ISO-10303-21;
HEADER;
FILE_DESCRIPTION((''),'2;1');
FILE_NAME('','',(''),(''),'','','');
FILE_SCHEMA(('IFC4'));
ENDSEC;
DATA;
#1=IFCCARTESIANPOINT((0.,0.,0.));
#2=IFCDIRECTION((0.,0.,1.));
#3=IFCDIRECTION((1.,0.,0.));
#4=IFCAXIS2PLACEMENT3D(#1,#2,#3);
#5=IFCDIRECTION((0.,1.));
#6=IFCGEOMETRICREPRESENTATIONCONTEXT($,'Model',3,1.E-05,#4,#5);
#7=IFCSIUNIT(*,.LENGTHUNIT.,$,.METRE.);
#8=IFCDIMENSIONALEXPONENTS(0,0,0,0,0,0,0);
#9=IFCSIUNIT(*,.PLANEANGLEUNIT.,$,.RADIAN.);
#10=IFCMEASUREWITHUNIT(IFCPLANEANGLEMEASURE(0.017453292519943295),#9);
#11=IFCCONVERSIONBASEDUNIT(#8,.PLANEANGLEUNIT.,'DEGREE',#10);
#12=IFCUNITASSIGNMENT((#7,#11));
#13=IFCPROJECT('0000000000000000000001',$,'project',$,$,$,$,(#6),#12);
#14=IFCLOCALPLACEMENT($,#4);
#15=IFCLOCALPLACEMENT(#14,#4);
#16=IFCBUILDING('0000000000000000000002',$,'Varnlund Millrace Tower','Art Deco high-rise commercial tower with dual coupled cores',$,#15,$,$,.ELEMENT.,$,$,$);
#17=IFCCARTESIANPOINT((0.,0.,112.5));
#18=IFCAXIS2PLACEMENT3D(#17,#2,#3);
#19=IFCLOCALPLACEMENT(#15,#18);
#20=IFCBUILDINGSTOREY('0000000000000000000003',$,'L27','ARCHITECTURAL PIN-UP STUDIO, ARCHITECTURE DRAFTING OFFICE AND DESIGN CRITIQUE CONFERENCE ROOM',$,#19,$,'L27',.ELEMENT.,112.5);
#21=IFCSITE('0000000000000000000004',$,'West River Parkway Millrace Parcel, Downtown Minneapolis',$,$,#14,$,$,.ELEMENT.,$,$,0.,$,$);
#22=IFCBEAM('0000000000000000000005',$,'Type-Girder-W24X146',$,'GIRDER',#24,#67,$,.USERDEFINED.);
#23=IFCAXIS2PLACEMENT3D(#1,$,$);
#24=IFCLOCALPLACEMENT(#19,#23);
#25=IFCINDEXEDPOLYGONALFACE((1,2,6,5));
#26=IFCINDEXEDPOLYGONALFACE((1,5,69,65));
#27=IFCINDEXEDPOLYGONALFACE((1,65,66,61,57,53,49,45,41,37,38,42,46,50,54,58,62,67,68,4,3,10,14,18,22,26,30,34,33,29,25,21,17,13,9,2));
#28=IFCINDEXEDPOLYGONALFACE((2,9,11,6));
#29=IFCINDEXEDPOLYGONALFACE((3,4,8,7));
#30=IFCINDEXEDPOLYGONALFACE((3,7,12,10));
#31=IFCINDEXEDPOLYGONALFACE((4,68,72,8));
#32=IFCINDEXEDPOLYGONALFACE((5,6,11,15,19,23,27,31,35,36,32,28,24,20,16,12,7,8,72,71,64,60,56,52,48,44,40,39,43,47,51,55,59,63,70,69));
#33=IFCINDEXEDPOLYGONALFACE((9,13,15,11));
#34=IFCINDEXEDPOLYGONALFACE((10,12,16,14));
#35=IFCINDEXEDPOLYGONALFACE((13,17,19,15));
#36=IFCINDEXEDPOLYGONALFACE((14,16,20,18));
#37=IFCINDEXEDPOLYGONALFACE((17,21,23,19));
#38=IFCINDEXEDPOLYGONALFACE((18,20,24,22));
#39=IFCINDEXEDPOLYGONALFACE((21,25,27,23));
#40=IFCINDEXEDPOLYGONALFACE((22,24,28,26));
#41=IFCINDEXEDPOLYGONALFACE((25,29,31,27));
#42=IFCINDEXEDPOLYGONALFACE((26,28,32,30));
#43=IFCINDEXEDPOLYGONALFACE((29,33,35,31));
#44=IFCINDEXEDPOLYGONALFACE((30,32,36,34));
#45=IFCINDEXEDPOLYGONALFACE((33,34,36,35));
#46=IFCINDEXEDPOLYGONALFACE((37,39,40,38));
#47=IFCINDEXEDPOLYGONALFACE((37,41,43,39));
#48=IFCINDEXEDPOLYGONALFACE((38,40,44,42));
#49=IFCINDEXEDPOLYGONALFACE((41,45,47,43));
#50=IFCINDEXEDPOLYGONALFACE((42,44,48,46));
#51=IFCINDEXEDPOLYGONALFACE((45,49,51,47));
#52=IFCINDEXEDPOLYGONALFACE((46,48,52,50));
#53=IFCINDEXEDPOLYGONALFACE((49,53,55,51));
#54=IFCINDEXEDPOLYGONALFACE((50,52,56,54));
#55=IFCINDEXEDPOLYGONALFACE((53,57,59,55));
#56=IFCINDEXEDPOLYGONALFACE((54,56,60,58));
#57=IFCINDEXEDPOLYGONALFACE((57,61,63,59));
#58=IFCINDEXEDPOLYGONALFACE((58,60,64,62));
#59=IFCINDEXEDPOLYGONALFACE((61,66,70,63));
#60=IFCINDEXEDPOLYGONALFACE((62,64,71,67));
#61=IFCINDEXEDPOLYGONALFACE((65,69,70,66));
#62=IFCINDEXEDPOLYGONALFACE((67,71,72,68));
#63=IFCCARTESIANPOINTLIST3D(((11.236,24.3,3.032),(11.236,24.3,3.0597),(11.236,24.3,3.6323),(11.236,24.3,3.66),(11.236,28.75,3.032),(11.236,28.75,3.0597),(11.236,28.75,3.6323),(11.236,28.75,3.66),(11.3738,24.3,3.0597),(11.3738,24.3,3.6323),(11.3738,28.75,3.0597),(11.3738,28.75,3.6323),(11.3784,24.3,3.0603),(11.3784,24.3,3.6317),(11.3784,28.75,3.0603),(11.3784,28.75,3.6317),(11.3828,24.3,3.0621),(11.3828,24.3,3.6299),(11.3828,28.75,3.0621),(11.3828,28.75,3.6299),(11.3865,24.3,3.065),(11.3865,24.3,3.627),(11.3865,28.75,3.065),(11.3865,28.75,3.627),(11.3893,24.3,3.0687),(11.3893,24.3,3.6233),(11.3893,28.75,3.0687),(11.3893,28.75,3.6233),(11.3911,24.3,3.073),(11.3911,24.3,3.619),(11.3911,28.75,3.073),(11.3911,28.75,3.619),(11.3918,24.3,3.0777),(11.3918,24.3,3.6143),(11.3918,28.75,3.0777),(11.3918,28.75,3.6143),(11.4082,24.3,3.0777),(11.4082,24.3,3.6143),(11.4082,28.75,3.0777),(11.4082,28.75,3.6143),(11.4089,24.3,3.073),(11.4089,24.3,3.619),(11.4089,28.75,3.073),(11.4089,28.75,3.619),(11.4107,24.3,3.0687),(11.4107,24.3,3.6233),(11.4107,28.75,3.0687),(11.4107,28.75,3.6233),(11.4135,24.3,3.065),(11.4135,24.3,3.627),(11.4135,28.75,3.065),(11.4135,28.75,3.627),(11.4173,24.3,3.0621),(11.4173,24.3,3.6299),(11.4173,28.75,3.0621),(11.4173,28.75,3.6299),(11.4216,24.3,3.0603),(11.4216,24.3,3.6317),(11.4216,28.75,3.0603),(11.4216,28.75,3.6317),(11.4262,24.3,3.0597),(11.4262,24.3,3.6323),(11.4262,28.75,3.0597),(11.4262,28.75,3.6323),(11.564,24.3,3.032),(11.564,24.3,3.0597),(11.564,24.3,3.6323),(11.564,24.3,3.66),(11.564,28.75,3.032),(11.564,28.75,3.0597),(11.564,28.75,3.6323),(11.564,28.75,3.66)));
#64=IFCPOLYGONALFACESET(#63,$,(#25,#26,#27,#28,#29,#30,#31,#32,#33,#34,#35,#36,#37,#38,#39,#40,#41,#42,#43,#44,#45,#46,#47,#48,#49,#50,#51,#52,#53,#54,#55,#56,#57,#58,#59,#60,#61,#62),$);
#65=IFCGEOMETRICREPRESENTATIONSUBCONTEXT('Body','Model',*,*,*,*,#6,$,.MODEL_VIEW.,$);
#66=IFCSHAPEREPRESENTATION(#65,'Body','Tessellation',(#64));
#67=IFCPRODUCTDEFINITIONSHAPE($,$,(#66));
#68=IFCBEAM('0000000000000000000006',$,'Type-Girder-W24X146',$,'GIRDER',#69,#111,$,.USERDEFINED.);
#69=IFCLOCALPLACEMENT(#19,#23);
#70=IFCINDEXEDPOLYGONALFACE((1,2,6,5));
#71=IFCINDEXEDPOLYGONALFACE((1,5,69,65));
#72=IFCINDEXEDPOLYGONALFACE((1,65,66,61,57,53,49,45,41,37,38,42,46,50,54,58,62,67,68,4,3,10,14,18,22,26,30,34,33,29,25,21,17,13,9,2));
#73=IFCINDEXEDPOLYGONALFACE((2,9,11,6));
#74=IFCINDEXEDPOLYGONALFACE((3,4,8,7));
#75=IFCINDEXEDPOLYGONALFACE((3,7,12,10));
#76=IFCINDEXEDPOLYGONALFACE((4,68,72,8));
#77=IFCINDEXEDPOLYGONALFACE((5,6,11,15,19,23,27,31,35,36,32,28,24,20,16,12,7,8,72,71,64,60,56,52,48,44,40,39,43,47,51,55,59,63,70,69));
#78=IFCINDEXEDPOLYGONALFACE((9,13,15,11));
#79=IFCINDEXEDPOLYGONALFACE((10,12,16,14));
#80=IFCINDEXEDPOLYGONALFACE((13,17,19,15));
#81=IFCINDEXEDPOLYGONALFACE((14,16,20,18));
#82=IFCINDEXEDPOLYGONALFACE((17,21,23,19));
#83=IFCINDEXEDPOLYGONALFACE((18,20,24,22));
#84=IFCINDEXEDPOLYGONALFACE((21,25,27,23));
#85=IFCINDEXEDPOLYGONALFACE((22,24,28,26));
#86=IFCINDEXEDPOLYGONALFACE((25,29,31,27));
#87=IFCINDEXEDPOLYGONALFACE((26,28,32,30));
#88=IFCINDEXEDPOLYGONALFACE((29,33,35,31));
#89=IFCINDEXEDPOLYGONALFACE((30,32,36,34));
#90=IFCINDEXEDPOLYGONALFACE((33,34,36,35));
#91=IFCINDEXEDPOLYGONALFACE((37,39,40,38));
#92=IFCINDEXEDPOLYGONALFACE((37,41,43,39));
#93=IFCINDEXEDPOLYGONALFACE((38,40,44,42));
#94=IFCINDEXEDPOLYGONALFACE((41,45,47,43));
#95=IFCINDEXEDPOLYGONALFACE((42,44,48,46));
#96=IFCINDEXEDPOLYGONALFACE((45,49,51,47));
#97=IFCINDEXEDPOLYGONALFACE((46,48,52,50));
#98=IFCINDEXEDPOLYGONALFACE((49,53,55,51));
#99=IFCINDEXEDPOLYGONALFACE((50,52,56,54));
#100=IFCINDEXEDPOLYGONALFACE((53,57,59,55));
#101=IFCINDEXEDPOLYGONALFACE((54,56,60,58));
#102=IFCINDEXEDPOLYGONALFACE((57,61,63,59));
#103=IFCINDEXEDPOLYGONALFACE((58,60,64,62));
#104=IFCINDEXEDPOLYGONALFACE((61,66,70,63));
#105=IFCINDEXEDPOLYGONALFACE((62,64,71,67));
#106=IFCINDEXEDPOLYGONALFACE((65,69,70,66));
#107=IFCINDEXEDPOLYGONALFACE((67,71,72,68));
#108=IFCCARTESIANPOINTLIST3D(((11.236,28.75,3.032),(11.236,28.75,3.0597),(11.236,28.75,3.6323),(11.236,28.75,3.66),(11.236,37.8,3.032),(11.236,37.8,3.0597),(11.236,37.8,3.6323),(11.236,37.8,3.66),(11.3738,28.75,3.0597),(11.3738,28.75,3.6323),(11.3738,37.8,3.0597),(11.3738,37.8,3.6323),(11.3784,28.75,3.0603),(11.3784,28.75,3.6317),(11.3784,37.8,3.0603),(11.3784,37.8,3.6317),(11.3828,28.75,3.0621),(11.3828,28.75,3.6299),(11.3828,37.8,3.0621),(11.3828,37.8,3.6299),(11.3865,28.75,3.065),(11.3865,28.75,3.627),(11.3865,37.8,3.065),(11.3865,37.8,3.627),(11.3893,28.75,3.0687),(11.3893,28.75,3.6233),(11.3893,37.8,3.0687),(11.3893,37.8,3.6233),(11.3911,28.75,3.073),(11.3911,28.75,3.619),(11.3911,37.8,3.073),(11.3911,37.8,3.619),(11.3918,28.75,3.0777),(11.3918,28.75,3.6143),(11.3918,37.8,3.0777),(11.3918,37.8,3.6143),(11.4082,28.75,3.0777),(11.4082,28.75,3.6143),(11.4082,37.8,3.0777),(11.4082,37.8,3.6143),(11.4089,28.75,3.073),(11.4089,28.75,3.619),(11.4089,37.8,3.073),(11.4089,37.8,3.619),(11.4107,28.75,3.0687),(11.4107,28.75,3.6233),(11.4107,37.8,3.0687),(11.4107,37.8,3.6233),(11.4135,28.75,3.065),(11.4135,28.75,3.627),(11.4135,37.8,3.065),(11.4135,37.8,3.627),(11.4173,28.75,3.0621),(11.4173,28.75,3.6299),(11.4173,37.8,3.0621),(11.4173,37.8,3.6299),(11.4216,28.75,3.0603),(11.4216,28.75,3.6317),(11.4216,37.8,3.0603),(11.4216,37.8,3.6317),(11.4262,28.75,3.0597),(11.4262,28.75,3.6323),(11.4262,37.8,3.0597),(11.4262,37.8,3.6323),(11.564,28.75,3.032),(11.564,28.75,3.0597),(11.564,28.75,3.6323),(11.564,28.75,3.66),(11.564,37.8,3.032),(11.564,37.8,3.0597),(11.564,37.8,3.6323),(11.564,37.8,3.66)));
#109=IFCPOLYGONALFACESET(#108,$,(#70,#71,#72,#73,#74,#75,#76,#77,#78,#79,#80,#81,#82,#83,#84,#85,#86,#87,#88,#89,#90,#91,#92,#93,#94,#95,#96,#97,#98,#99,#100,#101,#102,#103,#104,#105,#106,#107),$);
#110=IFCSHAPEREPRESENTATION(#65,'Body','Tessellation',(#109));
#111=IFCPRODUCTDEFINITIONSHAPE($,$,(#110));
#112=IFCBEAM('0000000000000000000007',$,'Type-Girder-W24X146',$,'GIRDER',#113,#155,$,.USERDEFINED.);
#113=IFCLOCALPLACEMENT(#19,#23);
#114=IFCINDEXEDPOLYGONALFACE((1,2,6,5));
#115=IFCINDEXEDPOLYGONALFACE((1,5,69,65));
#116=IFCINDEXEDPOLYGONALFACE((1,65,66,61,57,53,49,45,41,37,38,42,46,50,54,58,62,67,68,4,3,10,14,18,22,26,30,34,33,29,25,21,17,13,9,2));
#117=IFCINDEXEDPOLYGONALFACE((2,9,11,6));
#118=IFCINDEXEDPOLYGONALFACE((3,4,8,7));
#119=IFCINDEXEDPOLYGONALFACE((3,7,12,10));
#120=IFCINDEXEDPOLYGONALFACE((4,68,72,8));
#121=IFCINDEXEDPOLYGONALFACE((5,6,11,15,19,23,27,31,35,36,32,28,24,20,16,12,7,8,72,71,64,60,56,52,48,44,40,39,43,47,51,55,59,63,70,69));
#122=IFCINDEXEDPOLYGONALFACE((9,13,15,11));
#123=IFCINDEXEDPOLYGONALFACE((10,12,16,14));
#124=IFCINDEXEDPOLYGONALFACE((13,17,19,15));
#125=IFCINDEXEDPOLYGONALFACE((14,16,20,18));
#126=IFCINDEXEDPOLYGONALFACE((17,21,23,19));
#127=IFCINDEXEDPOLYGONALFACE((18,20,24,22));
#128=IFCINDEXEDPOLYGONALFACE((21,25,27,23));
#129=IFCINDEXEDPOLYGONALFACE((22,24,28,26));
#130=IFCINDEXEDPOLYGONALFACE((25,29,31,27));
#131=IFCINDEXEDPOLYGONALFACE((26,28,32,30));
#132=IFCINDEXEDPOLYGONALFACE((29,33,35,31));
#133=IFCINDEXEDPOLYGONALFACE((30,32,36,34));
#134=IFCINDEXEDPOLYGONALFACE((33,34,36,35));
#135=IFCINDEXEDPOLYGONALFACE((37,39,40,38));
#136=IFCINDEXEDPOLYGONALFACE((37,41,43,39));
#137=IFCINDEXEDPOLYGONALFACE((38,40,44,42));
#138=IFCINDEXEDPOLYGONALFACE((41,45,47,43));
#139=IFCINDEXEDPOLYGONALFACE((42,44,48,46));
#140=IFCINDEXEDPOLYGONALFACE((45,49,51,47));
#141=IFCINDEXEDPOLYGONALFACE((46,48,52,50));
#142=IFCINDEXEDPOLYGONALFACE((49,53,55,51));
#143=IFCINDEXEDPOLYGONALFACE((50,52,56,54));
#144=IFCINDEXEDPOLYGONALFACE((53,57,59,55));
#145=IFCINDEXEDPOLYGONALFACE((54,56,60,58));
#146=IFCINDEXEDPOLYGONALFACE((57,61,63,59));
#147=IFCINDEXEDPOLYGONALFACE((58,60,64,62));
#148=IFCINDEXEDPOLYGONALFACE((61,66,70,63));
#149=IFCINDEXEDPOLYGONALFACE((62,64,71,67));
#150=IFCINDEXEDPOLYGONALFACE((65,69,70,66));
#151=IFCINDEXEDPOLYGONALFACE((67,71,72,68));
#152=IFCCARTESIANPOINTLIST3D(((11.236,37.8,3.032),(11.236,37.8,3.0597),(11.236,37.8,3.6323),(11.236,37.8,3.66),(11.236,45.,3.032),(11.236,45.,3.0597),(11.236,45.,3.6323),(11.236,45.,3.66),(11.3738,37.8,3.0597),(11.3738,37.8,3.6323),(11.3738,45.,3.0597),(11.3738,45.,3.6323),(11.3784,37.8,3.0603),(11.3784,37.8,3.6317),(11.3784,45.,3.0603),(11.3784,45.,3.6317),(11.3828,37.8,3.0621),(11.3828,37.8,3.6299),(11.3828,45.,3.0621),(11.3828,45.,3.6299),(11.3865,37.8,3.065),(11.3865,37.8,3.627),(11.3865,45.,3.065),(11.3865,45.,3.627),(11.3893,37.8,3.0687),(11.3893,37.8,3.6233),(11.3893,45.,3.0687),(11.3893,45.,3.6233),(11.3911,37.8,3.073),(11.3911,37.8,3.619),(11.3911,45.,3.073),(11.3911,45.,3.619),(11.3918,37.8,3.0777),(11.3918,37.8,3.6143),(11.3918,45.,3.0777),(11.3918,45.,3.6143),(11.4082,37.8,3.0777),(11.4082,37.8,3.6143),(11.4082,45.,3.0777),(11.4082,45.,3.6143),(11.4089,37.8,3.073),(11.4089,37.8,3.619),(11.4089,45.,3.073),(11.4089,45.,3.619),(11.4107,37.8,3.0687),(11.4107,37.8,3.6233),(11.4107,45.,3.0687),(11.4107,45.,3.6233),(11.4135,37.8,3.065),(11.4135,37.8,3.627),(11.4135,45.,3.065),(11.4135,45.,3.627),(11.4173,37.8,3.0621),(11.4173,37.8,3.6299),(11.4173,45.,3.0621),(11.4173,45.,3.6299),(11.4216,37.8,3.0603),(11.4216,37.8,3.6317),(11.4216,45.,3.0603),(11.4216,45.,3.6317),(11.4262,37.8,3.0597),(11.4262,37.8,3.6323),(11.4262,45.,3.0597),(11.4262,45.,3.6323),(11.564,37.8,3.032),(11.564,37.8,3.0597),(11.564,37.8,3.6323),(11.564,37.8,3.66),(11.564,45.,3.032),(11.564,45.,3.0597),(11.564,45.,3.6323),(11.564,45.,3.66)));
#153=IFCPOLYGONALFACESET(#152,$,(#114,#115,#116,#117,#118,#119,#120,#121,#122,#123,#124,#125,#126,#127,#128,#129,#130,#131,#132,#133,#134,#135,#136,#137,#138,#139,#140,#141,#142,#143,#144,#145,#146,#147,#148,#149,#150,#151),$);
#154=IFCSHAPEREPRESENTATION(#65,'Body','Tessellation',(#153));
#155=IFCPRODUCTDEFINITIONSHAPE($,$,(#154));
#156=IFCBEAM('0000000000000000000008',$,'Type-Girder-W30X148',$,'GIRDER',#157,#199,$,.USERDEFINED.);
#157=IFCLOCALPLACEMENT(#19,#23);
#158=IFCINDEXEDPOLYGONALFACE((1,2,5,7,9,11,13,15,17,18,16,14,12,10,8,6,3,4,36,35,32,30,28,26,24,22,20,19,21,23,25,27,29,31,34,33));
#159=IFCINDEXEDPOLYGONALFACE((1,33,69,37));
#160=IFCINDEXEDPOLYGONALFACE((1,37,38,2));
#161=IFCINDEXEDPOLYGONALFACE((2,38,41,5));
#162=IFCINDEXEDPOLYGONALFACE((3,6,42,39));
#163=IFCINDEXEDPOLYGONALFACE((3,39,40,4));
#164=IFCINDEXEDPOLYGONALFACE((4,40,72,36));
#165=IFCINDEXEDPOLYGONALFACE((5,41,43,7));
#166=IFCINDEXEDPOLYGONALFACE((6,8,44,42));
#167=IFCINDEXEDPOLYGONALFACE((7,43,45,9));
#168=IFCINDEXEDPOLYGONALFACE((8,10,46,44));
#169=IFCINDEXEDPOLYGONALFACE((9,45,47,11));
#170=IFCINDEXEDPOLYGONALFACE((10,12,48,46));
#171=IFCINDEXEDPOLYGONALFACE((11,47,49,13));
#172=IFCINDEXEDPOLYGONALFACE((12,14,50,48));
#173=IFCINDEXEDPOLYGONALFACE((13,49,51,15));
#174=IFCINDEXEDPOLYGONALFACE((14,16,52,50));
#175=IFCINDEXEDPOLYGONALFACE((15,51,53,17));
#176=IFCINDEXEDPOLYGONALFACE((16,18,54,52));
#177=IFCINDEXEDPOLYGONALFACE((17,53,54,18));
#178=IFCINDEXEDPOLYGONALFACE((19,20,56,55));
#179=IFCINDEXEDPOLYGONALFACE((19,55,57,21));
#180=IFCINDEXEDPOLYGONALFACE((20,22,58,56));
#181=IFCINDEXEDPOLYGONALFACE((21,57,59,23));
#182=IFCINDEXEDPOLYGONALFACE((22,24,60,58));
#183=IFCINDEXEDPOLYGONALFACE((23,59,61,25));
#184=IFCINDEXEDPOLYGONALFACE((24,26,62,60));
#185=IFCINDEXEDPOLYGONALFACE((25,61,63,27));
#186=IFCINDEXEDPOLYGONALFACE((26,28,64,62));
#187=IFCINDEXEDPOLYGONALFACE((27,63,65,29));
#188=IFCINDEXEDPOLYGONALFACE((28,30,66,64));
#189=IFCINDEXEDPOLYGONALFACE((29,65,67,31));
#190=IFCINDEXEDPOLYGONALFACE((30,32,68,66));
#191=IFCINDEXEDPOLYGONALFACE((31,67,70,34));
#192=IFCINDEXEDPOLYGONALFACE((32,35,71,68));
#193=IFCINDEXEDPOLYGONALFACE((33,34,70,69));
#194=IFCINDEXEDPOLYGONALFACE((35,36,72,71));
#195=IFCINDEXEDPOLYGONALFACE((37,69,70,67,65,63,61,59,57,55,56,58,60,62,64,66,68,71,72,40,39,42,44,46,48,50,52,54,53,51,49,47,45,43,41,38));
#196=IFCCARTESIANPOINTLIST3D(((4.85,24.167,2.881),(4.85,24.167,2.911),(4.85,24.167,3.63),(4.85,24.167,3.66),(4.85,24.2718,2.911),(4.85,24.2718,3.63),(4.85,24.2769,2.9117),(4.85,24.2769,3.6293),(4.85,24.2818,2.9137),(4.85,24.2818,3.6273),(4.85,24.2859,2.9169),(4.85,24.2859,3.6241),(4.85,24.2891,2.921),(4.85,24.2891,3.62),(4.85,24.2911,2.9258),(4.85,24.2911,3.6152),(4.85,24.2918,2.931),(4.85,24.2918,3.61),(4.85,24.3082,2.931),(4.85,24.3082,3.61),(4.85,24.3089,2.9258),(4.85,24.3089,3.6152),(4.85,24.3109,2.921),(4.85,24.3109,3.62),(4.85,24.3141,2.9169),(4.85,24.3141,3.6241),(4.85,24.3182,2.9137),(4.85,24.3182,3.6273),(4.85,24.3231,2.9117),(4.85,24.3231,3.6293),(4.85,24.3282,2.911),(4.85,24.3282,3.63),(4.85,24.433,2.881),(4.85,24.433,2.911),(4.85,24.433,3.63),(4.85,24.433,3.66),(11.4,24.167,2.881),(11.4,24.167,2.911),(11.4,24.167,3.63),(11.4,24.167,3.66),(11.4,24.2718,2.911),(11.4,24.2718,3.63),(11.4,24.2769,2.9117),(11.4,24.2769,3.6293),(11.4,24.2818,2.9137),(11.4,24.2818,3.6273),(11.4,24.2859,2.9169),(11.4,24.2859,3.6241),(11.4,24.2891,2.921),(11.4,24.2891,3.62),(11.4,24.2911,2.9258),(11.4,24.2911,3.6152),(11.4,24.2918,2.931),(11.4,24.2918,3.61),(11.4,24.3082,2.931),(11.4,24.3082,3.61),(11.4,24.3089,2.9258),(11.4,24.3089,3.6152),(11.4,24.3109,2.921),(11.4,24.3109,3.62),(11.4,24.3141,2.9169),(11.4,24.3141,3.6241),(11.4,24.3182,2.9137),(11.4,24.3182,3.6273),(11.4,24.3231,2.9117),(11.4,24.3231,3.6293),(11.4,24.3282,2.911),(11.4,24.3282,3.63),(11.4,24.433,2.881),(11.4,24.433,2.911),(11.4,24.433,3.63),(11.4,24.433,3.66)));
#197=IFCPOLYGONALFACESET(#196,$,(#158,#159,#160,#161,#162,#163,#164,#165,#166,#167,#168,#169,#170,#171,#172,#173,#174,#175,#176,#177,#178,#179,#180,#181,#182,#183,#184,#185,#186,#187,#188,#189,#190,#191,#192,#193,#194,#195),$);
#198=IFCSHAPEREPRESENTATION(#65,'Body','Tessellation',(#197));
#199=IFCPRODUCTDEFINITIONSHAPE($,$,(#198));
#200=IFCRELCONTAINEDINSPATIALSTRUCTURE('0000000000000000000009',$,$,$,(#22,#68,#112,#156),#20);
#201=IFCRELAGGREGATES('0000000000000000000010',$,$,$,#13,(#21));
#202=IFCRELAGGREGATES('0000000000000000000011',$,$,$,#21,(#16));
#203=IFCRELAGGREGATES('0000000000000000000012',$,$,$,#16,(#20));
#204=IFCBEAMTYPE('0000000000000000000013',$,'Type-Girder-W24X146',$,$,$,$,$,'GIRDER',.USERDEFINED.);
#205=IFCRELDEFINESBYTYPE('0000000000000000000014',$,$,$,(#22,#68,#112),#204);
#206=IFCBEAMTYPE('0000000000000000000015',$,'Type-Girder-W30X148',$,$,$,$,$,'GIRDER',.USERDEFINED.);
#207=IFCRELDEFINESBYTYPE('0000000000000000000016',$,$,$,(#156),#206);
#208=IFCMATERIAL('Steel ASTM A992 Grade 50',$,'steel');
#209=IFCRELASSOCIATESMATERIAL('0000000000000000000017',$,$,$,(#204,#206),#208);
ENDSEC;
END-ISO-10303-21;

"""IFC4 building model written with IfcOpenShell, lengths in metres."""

from ifc_helpers import new_model, entity, si_unit, converted_unit, direction, frame, origin_with_axes, origin_2d_with_axis, place, context, subcontext, project, spatial, i_section, extrude, material, material_profile, profile_set, type_object, element, save


model = new_model("IFC4")

# Units and contexts
model_context = context("Model", 3, precision=1e-05, world=origin_with_axes(), true_north=direction((0.0, 1.0)))
body_context = subcontext(model_context, "Body", "Model", "MODEL_VIEW")
ifc_project = project(units=[si_unit("LENGTHUNIT", "METRE"), converted_unit("PLANEANGLEUNIT", "DEGREE", entity("IfcPlaneAngleMeasure", 0.017453292519943295), si_unit("PLANEANGLEUNIT", "RADIAN"), dimensions=[0, 0, 0, 0, 0, 0, 0])], contexts=[model_context])

# Site, building, storey
site_placement = place(None, origin_with_axes())
site = spatial("IfcSite", under=ifc_project, at=site_placement, Name="West River Parkway Millrace Parcel, Downtown Minneapolis", CompositionType="ELEMENT", RefElevation=0.0)
building_placement = place(site_placement, origin_with_axes())
building = spatial("IfcBuilding", under=site, at=building_placement, Name="Varnlund Millrace Tower", Description="Art Deco high-rise commercial tower with dual coupled cores", CompositionType="ELEMENT")
storey_placement = place(building_placement, frame((0.0, 0.0, 112.5), z_axis=(0.0, 0.0, 1.0), x_axis=(1.0, 0.0, 0.0)))
storey = spatial("IfcBuildingStorey", under=building, at=storey_placement, Name="L27", Description="ARCHITECTURAL PIN-UP STUDIO, ARCHITECTURE DRAFTING OFFICE AND DESIGN CRITIQUE CONFERENCE ROOM", LongName="L27", CompositionType="ELEMENT", Elevation=112.5)

# Beams
ifc_material_1 = material(Name="Steel ASTM A992 Grade 50", Category="steel")
ifc_material_profile_1 = material_profile(ifc_material_1, i_section(OverallWidth=0.328, OverallDepth=0.628, WebThickness=0.0165, FlangeThickness=0.0277, FilletRadius=0.018, at=origin_2d_with_axis()), Name="Steel ASTM A992 Grade 50")
ifc_profile_set_1 = profile_set([ifc_material_profile_1], Name="Steel ASTM A992 Grade 50")
beam_type_1 = type_object("IfcBeamType", Name="Type-Girder-W24X146", ElementType="GIRDER", PredefinedType="USERDEFINED", material=ifc_profile_set_1)
beam_1_placement = place(storey_placement, frame((11.4, 24.3, 3.346), z_axis=(0.0, 1.0, 0.0), x_axis=(-1.0, 0.0, 0.0)))
element("IfcBeam", 1, at=beam_1_placement, inside=storey, type_object=beam_type_1, Name="Type-Girder-W24X146", ObjectType="GIRDER", PredefinedType="USERDEFINED", context=body_context, shape_type="SweptSolid", body=[
    extrude(i_section(OverallWidth=0.328, OverallDepth=0.628, WebThickness=0.0165, FlangeThickness=0.0277, FilletRadius=0.018, at=origin_2d_with_axis()), origin_with_axes(), (0.0, 0.0, 1.0), 4.45),
])
beam_2_placement = place(storey_placement, frame((11.4, 28.75, 3.346), z_axis=(0.0, 1.0, 0.0), x_axis=(-1.0, 0.0, 0.0)))
element("IfcBeam", 2, at=beam_2_placement, inside=storey, type_object=beam_type_1, Name="Type-Girder-W24X146", ObjectType="GIRDER", PredefinedType="USERDEFINED", context=body_context, shape_type="SweptSolid", body=[
    extrude(i_section(OverallWidth=0.328, OverallDepth=0.628, WebThickness=0.0165, FlangeThickness=0.0277, FilletRadius=0.018, at=origin_2d_with_axis()), origin_with_axes(), (0.0, 0.0, 1.0), 9.05),
])
beam_3_placement = place(storey_placement, frame((11.4, 37.8, 3.346), z_axis=(0.0, 1.0, 0.0), x_axis=(-1.0, 0.0, 0.0)))
element("IfcBeam", 3, at=beam_3_placement, inside=storey, type_object=beam_type_1, Name="Type-Girder-W24X146", ObjectType="GIRDER", PredefinedType="USERDEFINED", context=body_context, shape_type="SweptSolid", body=[
    extrude(i_section(OverallWidth=0.328, OverallDepth=0.628, WebThickness=0.0165, FlangeThickness=0.0277, FilletRadius=0.018, at=origin_2d_with_axis()), origin_with_axes(), (0.0, 0.0, 1.0), 7.2),
])
ifc_material_profile_2 = material_profile(ifc_material_1, i_section(OverallWidth=0.266, OverallDepth=0.779, WebThickness=0.0165, FlangeThickness=0.03, FilletRadius=0.02, at=origin_2d_with_axis()), Name="Steel ASTM A992 Grade 50")
ifc_profile_set_2 = profile_set([ifc_material_profile_2], Name="Steel ASTM A992 Grade 50")
beam_type_2 = type_object("IfcBeamType", Name="Type-Girder-W30X148", ElementType="GIRDER", PredefinedType="USERDEFINED", material=ifc_profile_set_2)
beam_4_placement = place(storey_placement, frame((4.85, 24.3, 3.2705), z_axis=(1.0, 0.0, 0.0), x_axis=(0.0, 1.0, 0.0)))
element("IfcBeam", 4, at=beam_4_placement, inside=storey, type_object=beam_type_2, Name="Type-Girder-W30X148", ObjectType="GIRDER", PredefinedType="USERDEFINED", context=body_context, shape_type="SweptSolid", body=[
    extrude(i_section(OverallWidth=0.266, OverallDepth=0.779, WebThickness=0.0165, FlangeThickness=0.03, FilletRadius=0.02, at=origin_2d_with_axis()), origin_with_axes(), (0.0, 0.0, 1.0), 6.55),
])

save(model, "model.ifc")
